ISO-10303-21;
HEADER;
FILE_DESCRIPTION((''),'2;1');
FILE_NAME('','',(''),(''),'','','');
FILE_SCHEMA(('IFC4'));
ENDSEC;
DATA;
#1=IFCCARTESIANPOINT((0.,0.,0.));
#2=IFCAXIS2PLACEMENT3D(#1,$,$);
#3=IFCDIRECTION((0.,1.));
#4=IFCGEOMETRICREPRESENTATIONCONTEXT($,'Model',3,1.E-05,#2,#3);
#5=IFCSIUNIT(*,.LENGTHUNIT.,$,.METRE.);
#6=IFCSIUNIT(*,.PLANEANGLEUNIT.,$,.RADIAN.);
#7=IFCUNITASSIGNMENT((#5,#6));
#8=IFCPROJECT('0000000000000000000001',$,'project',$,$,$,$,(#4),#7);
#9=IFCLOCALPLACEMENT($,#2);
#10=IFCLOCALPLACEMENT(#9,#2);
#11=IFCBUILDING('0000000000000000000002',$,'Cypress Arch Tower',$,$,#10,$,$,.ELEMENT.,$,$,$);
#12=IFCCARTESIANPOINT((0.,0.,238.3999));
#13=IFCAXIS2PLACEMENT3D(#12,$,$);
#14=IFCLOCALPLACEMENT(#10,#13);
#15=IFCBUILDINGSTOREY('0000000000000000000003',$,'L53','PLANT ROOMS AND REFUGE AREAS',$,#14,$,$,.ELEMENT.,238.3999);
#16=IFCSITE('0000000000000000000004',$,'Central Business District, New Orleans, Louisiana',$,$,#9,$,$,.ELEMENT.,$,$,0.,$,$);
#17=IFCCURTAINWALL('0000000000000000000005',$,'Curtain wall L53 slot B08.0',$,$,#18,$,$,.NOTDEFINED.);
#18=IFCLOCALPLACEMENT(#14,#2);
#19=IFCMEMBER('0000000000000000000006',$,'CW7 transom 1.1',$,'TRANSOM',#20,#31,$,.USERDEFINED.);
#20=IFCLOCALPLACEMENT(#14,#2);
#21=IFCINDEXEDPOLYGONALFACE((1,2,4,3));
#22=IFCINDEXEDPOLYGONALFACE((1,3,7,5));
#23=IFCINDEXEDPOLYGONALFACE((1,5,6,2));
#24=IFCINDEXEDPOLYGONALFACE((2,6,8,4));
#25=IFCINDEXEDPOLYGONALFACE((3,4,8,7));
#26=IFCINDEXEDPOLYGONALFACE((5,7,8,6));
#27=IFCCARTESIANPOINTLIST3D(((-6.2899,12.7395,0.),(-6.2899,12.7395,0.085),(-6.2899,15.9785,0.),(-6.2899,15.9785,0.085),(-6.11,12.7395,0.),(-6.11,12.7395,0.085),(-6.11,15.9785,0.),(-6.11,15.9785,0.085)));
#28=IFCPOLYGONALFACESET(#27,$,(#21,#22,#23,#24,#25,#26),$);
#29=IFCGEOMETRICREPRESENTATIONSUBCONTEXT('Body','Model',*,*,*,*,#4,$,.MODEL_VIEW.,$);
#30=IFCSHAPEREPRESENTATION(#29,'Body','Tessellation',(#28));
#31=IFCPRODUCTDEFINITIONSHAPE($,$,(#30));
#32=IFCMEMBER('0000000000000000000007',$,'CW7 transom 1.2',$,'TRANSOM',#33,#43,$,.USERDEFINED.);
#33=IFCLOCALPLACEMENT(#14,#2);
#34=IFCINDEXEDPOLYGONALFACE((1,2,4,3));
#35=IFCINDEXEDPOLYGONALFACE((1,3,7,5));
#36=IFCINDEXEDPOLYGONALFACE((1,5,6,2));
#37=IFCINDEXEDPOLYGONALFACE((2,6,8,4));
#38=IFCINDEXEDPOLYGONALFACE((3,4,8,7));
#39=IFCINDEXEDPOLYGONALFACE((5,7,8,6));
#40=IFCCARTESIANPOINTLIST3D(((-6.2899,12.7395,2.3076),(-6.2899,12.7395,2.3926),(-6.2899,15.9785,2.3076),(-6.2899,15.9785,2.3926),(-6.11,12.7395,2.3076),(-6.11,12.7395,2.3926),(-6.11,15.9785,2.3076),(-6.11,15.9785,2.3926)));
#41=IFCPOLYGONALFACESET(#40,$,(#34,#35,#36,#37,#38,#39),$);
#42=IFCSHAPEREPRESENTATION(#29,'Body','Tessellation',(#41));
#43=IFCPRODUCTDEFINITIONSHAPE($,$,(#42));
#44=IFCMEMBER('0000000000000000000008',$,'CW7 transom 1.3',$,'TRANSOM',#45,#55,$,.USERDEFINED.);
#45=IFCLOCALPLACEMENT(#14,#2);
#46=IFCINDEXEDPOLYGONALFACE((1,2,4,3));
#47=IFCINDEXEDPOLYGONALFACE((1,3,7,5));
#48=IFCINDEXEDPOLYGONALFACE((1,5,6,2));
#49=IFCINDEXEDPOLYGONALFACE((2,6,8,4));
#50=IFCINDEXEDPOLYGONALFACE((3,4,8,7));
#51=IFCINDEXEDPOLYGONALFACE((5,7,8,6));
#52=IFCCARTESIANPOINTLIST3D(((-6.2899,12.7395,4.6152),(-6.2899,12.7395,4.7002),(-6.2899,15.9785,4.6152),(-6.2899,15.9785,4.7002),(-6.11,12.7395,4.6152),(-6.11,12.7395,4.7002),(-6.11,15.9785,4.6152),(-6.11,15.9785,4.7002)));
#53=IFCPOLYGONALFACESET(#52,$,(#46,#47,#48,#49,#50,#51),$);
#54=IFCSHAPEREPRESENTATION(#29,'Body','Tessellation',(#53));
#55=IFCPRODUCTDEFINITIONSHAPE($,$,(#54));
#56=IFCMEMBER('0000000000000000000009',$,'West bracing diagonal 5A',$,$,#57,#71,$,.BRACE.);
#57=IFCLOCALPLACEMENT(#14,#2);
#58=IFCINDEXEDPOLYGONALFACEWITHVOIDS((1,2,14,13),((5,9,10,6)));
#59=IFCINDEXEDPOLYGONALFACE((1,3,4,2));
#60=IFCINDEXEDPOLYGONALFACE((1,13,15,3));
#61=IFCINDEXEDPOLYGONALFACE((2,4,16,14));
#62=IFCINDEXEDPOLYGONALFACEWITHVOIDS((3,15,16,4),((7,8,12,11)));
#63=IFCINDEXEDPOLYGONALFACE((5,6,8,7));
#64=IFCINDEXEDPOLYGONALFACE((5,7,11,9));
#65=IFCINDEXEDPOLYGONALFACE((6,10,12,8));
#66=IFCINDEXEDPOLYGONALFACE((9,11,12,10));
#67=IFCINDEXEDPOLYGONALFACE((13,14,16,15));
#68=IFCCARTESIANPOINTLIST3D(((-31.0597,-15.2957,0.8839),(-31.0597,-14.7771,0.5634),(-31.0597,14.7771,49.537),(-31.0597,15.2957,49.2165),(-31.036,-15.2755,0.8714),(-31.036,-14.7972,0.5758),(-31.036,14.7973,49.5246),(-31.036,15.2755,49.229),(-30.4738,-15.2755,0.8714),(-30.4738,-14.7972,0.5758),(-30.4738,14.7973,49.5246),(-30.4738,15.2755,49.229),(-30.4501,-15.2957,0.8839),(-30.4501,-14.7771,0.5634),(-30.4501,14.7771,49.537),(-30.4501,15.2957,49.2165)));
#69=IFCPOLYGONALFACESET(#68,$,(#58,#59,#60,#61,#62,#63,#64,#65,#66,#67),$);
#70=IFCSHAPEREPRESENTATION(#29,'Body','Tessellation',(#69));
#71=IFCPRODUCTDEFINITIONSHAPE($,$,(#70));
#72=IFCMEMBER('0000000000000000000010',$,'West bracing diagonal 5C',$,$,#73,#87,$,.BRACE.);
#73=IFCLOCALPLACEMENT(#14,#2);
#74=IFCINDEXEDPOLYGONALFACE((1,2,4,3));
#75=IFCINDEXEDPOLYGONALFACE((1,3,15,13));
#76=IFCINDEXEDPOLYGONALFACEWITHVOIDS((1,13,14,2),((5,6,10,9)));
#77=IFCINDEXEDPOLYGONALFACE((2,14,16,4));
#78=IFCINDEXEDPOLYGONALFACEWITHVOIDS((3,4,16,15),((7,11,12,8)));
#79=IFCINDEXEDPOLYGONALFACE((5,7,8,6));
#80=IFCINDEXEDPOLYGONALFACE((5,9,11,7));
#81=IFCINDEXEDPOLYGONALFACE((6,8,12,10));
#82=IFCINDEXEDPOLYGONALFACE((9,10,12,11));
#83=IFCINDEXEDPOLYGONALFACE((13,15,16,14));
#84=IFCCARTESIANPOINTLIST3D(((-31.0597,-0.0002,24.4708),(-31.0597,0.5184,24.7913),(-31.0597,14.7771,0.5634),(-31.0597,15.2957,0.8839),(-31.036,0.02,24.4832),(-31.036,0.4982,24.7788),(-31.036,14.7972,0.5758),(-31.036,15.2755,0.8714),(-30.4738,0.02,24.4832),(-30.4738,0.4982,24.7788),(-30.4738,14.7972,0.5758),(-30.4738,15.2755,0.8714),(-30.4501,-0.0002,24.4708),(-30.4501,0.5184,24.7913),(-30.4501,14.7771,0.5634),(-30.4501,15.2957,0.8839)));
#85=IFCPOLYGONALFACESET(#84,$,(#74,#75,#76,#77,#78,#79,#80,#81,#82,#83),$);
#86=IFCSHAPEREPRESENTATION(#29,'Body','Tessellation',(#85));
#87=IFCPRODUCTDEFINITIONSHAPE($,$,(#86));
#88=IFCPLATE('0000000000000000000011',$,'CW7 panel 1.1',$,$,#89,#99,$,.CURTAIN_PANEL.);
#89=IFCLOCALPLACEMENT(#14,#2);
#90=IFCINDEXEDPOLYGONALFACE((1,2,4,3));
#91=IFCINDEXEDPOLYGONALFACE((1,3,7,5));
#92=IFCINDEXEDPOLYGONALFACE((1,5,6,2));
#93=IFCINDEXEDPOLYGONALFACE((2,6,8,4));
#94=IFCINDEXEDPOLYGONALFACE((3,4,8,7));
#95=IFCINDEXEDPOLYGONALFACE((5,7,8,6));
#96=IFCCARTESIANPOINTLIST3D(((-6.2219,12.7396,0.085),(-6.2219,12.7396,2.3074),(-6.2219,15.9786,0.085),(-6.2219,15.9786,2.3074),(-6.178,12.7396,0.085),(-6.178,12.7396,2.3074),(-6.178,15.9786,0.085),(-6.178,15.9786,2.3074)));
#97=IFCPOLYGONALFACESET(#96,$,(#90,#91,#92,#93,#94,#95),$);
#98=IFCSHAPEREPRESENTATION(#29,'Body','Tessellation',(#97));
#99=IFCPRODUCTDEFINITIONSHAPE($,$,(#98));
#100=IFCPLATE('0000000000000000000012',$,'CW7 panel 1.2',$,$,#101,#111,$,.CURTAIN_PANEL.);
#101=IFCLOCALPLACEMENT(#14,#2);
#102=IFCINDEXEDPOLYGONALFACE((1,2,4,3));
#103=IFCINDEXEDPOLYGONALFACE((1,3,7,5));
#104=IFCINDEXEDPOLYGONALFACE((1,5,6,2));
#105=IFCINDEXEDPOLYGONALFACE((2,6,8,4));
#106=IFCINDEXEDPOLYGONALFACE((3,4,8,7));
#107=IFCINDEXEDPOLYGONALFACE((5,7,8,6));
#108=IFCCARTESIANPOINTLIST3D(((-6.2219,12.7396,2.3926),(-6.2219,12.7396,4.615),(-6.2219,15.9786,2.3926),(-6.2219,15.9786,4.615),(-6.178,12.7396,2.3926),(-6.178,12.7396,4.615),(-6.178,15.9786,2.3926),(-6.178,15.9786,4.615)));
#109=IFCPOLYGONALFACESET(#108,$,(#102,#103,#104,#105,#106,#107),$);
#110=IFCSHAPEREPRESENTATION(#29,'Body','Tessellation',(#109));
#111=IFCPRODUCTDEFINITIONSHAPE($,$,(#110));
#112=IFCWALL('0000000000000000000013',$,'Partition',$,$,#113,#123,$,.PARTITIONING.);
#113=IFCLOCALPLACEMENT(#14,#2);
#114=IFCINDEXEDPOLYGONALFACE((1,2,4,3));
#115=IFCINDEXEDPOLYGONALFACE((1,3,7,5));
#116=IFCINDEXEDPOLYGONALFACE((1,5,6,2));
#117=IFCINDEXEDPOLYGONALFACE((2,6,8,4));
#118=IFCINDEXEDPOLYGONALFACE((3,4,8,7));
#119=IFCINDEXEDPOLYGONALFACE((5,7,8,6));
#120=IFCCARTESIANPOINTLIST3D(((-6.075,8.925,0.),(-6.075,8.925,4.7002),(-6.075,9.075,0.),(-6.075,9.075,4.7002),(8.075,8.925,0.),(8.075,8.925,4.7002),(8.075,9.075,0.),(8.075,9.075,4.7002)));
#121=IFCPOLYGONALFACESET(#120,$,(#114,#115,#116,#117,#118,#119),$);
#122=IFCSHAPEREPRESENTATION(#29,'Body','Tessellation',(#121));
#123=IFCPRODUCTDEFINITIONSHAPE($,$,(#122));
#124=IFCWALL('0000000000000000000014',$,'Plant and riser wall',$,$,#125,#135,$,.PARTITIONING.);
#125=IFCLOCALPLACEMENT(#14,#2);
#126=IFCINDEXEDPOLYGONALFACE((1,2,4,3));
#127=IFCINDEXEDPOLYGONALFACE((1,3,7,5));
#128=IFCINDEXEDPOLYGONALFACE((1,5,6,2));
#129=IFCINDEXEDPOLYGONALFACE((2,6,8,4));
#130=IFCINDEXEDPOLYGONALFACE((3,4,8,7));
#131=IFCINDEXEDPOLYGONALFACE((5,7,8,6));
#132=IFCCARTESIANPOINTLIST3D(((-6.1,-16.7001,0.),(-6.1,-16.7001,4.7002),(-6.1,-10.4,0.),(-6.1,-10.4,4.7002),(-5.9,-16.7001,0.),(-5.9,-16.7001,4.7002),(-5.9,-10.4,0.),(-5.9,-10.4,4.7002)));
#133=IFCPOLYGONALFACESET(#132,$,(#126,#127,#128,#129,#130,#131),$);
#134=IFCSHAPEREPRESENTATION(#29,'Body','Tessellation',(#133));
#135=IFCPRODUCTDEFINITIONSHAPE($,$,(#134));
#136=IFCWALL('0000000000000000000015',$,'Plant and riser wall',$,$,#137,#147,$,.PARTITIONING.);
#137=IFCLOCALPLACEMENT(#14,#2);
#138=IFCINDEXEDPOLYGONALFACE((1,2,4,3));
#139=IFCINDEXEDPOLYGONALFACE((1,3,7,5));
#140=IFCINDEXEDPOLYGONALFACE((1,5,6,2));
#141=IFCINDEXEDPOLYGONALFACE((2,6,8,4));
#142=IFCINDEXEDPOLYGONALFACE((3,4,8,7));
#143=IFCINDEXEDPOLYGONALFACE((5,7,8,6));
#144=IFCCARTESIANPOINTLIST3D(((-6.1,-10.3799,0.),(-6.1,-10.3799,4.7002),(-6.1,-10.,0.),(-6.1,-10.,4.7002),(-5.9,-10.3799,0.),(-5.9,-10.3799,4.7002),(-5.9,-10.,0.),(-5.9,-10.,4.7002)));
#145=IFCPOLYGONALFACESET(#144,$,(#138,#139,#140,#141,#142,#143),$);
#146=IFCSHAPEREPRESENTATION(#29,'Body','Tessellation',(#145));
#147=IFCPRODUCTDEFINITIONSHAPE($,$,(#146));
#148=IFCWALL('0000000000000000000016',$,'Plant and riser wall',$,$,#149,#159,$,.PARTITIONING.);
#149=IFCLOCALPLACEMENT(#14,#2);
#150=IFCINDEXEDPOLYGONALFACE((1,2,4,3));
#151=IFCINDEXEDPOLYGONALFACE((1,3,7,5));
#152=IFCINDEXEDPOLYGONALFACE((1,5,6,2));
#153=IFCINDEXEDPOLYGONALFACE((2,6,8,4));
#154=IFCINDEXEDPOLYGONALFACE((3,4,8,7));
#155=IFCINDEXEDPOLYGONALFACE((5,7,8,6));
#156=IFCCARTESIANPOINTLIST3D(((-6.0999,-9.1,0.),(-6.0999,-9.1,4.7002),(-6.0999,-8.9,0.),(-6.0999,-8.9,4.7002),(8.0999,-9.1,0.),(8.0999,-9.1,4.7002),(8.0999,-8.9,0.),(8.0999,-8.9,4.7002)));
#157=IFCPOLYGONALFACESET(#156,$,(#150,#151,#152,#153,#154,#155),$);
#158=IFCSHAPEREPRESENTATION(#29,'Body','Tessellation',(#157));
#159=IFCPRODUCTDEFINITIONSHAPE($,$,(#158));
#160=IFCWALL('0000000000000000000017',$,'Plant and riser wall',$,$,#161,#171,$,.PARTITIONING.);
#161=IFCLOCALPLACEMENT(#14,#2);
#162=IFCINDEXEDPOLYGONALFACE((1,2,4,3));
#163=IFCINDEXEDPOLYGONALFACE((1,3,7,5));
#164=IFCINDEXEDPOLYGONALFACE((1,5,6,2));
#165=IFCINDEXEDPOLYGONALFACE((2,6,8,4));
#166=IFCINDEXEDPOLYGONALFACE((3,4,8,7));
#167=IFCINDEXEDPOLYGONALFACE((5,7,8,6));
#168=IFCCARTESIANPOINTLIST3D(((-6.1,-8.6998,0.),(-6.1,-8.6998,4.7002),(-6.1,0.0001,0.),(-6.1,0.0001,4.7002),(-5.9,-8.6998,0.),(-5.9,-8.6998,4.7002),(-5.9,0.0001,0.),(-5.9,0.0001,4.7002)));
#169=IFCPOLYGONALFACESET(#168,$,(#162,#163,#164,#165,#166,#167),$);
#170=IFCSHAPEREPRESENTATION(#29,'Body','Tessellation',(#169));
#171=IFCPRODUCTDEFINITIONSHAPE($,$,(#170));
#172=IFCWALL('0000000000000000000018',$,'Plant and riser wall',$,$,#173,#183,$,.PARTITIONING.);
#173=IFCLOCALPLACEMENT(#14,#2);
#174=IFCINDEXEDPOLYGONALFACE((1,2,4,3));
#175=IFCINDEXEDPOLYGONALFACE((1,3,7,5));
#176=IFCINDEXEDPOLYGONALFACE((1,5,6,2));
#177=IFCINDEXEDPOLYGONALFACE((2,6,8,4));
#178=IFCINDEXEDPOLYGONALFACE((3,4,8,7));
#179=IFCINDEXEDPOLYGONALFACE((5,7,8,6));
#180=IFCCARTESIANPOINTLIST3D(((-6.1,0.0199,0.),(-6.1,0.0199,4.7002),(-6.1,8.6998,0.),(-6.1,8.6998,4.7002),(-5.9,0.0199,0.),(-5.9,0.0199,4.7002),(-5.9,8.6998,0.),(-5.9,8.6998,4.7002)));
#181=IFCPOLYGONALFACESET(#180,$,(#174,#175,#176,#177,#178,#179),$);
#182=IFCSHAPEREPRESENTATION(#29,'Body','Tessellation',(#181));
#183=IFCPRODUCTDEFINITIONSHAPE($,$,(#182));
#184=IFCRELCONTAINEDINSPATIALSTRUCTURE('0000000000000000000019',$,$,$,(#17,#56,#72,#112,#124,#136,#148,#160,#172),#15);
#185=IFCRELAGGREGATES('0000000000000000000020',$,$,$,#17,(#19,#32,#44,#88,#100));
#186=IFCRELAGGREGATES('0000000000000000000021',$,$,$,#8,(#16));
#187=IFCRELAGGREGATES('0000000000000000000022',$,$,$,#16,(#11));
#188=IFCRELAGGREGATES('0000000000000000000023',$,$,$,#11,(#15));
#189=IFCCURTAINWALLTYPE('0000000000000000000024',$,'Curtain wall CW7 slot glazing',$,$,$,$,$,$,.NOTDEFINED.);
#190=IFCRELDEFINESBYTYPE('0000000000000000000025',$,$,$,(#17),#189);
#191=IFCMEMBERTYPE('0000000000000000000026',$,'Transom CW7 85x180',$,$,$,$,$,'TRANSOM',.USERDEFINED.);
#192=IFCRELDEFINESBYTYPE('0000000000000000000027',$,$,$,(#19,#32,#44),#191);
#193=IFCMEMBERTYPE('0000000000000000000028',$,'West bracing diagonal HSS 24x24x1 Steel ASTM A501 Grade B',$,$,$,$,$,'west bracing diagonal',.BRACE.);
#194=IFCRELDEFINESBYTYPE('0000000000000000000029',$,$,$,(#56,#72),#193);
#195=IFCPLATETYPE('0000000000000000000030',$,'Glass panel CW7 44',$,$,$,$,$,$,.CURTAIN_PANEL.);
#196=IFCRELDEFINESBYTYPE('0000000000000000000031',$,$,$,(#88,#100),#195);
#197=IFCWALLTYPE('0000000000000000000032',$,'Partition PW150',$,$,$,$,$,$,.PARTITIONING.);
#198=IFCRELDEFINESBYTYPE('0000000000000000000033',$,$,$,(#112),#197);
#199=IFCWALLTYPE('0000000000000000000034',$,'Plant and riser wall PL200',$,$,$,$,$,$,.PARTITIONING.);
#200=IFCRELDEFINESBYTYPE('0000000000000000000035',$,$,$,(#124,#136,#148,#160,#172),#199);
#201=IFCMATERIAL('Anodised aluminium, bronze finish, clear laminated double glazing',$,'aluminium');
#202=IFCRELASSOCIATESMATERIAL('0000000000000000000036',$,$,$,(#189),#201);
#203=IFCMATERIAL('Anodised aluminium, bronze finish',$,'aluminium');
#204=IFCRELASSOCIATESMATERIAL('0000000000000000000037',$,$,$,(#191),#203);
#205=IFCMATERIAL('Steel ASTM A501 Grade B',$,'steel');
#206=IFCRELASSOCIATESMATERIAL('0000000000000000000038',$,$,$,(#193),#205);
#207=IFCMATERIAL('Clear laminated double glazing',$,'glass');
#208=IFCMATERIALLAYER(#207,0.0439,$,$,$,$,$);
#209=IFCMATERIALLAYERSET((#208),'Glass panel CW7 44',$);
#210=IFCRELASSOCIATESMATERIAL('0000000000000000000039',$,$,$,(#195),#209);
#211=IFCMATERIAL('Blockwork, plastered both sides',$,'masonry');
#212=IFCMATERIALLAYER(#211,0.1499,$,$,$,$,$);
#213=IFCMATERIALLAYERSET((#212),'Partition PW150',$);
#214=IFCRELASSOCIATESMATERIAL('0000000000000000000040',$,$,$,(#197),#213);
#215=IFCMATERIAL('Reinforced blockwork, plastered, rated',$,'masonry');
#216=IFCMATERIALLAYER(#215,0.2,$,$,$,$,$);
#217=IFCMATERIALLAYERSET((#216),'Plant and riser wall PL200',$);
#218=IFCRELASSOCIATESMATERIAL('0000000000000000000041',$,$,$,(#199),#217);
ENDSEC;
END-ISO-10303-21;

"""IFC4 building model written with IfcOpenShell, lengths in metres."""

from ifc_helpers import new_model, si_unit, direction, frame, frame_2d, origin, origin_2d, place, context, subcontext, project, spatial, rectangle, hollow_rectangle, extrude, material, layer, layer_set, material_profile, profile_set, type_object, element, aggregate, save


model = new_model("IFC4")

# Units and contexts
model_context = context("Model", 3, precision=1e-05, world=origin(), true_north=direction((0.0, 1.0)))
body_context = subcontext(model_context, "Body", "Model", "MODEL_VIEW")
ifc_project = project(units=[si_unit("LENGTHUNIT", "METRE"), si_unit("PLANEANGLEUNIT", "RADIAN")], contexts=[model_context])

# Site, building, storey
site_placement = place(None, origin())
site = spatial("IfcSite", under=ifc_project, at=site_placement, Name="Central Business District, New Orleans, Louisiana", CompositionType="ELEMENT", RefElevation=0.0)
building_placement = place(site_placement, origin())
building = spatial("IfcBuilding", under=site, at=building_placement, Name="Cypress Arch Tower", CompositionType="ELEMENT")
storey_placement = place(building_placement, frame((0.0, 0.0, 238.3999)))
storey = spatial("IfcBuildingStorey", under=building, at=storey_placement, Name="L53", Description="PLANT ROOMS AND REFUGE AREAS", CompositionType="ELEMENT", Elevation=238.3999)

# Curtain wall, members
ifc_material_1 = material(Name="Anodised aluminium, bronze finish, clear laminated double glazing", Category="aluminium")
curtain_wall_type = type_object("IfcCurtainWallType", Name="Curtain wall CW7 slot glazing", PredefinedType="NOTDEFINED", material=ifc_material_1)
curtain_wall_placement = place(storey_placement, origin())
curtain_wall = element("IfcCurtainWall", 1, at=curtain_wall_placement, inside=storey, type_object=curtain_wall_type, Name="Curtain wall L53 slot B08.0", PredefinedType="NOTDEFINED")
ifc_material_2 = material(Name="Anodised aluminium, bronze finish", Category="aluminium")
ifc_material_profile_1 = material_profile(ifc_material_2, rectangle(XDim=0.1799, YDim=0.085, at=origin_2d()), Name="Transom 85x180")
ifc_profile_set_1 = profile_set([ifc_material_profile_1], Name="Anodised aluminium, bronze finish")
member_type_1 = type_object("IfcMemberType", Name="Transom CW7 85x180", ElementType="TRANSOM", PredefinedType="USERDEFINED", material=ifc_profile_set_1)
member_1_placement = place(storey_placement, frame((-6.2, 12.7395, 0.0425), z_axis=(0.0, 1.0, 0.0), x_axis=(-1.0, 0.0, 0.0)))
member_1 = element("IfcMember", 2, at=member_1_placement, type_object=member_type_1, Name="CW7 transom 1.1", ObjectType="TRANSOM", PredefinedType="USERDEFINED", context=body_context, shape_type="SweptSolid", body=[
    extrude(rectangle(XDim=0.1799, YDim=0.085, at=origin_2d()), origin(), (0.0, 0.0, 1.0), 3.239),
])
member_2_placement = place(storey_placement, frame((-6.2, 12.7395, 2.3501), z_axis=(0.0, 1.0, 0.0), x_axis=(-1.0, 0.0, 0.0)))
member_2 = element("IfcMember", 3, at=member_2_placement, type_object=member_type_1, Name="CW7 transom 1.2", ObjectType="TRANSOM", PredefinedType="USERDEFINED", context=body_context, shape_type="SweptSolid", body=[
    extrude(rectangle(XDim=0.1799, YDim=0.085, at=origin_2d()), origin(), (0.0, 0.0, 1.0), 3.239),
])
member_3_placement = place(storey_placement, frame((-6.2, 12.7395, 4.6577), z_axis=(0.0, 1.0, 0.0), x_axis=(-1.0, 0.0, 0.0)))
member_3 = element("IfcMember", 4, at=member_3_placement, type_object=member_type_1, Name="CW7 transom 1.3", ObjectType="TRANSOM", PredefinedType="USERDEFINED", context=body_context, shape_type="SweptSolid", body=[
    extrude(rectangle(XDim=0.1799, YDim=0.085, at=origin_2d()), origin(), (0.0, 0.0, 1.0), 3.239),
])

# Members
ifc_material_3 = material(Name="Steel ASTM A501 Grade B", Category="steel")
ifc_material_profile_2 = material_profile(ifc_material_3, hollow_rectangle(XDim=0.6096, YDim=0.6096, WallThickness=0.0237, at=origin_2d()), Name="HSS 24x24x1")
ifc_profile_set_2 = profile_set([ifc_material_profile_2], Name="Steel ASTM A501 Grade B")
member_type_2 = type_object("IfcMemberType", Name="West bracing diagonal HSS 24x24x1 Steel ASTM A501 Grade B", ElementType="west bracing diagonal", PredefinedType="BRACE", material=ifc_profile_set_2)
member_4_placement = place(storey_placement, frame((-30.7549, -15.0364, 0.7236), z_axis=(0.0, 0.525775, 0.850623), x_axis=(-1.0, 0.0, 0.0)))
element("IfcMember", 5, at=member_4_placement, inside=storey, type_object=member_type_2, Name="West bracing diagonal 5A", PredefinedType="BRACE", context=body_context, shape_type="SweptSolid", body=[
    extrude(hollow_rectangle(XDim=0.6096, YDim=0.6096, WallThickness=0.0237, at=origin_2d()), origin(), (0.0, 0.0, 1.0), 57.197),
])
member_5_placement = place(storey_placement, frame((-30.7549, 15.0364, 0.7236), z_axis=(0.0, -0.525775, 0.850624), x_axis=(1.0, 0.0, 0.0)))
element("IfcMember", 6, at=member_5_placement, inside=storey, type_object=member_type_2, Name="West bracing diagonal 5C", PredefinedType="BRACE", context=body_context, shape_type="SweptSolid", body=[
    extrude(hollow_rectangle(XDim=0.6096, YDim=0.6096, WallThickness=0.0237, at=origin_2d()), origin(), (0.0, 0.0, 1.0), 28.1057),
])

# Plates
ifc_material_4 = material(Name="Clear laminated double glazing", Category="glass")
ifc_layer_1 = layer(ifc_material_4, 0.0439)
ifc_layer_set_1 = layer_set([ifc_layer_1], Name="Glass panel CW7 44")
plate_type = type_object("IfcPlateType", Name="Glass panel CW7 44", PredefinedType="CURTAIN_PANEL", material=ifc_layer_set_1)
plate_1_placement = place(storey_placement, frame((-6.2, 14.3591, 0.085), z_axis=(0.0, 0.0, 1.0), x_axis=(0.0, 1.0, 0.0)))
plate_1 = element("IfcPlate", 7, at=plate_1_placement, type_object=plate_type, Name="CW7 panel 1.1", PredefinedType="CURTAIN_PANEL", context=body_context, shape_type="SweptSolid", body=[
    extrude(rectangle(XDim=3.239, YDim=0.0439, at=origin_2d()), origin(), (0.0, 0.0, 1.0), 2.2224),
])
plate_2_placement = place(storey_placement, frame((-6.2, 14.3591, 2.3926), z_axis=(0.0, 0.0, 1.0), x_axis=(0.0, 1.0, 0.0)))
plate_2 = element("IfcPlate", 8, at=plate_2_placement, type_object=plate_type, Name="CW7 panel 1.2", PredefinedType="CURTAIN_PANEL", context=body_context, shape_type="SweptSolid", body=[
    extrude(rectangle(XDim=3.239, YDim=0.0439, at=origin_2d()), origin(), (0.0, 0.0, 1.0), 2.2224),
])
aggregate(curtain_wall, [member_1, member_2, member_3, plate_1, plate_2])

# Walls
ifc_material_5 = material(Name="Blockwork, plastered both sides", Category="masonry")
ifc_layer_2 = layer(ifc_material_5, 0.1499)
ifc_layer_set_2 = layer_set([ifc_layer_2], Name="Partition PW150")
wall_type_1 = type_object("IfcWallType", Name="Partition PW150", PredefinedType="PARTITIONING", material=ifc_layer_set_2)
wall_1_placement = place(storey_placement, frame((-6.075, 9.0, 0.0), z_axis=(0.0, 0.0, 1.0), x_axis=(1.0, 0.0, 0.0)))
element("IfcWall", 9, at=wall_1_placement, inside=storey, type_object=wall_type_1, Name="Partition", PredefinedType="PARTITIONING", context=body_context, shape_type="SweptSolid", body=[
    extrude(rectangle(XDim=14.1499, YDim=0.1499, at=frame_2d((7.075, 0.0))), origin(), (0.0, 0.0, 1.0), 4.7002),
])
ifc_material_6 = material(Name="Reinforced blockwork, plastered, rated", Category="masonry")
ifc_layer_3 = layer(ifc_material_6, 0.2)
ifc_layer_set_3 = layer_set([ifc_layer_3], Name="Plant and riser wall PL200")
wall_type_2 = type_object("IfcWallType", Name="Plant and riser wall PL200", PredefinedType="PARTITIONING", material=ifc_layer_set_3)
wall_2_placement = place(storey_placement, frame((-6.0, -16.7, 0.0), z_axis=(0.0, 0.0, 1.0), x_axis=(0.0, 1.0, 0.0)))
element("IfcWall", 10, at=wall_2_placement, inside=storey, type_object=wall_type_2, Name="Plant and riser wall", PredefinedType="PARTITIONING", context=body_context, shape_type="SweptSolid", body=[
    extrude(rectangle(XDim=6.3, YDim=0.2, at=frame_2d((3.1499, 0.0))), origin(), (0.0, 0.0, 1.0), 4.7002),
])
wall_3_placement = place(storey_placement, frame((-6.0, -10.3799, 0.0), z_axis=(0.0, 0.0, 1.0), x_axis=(0.0, 1.0, 0.0)))
element("IfcWall", 11, at=wall_3_placement, inside=storey, type_object=wall_type_2, Name="Plant and riser wall", PredefinedType="PARTITIONING", context=body_context, shape_type="SweptSolid", body=[
    extrude(rectangle(XDim=0.3799, YDim=0.2, at=frame_2d((0.1899, 0.0))), origin(), (0.0, 0.0, 1.0), 4.7002),
])
wall_4_placement = place(storey_placement, frame((-6.0999, -9.0, 0.0), z_axis=(0.0, 0.0, 1.0), x_axis=(1.0, 0.0, 0.0)))
element("IfcWall", 12, at=wall_4_placement, inside=storey, type_object=wall_type_2, Name="Plant and riser wall", PredefinedType="PARTITIONING", context=body_context, shape_type="SweptSolid", body=[
    extrude(rectangle(XDim=14.1997, YDim=0.2, at=frame_2d((7.0999, 0.0))), origin(), (0.0, 0.0, 1.0), 4.7002),
])
wall_5_placement = place(storey_placement, frame((-6.0, -8.7, 0.0), z_axis=(0.0, 0.0, 1.0), x_axis=(0.0, 1.0, 0.0)))
element("IfcWall", 13, at=wall_5_placement, inside=storey, type_object=wall_type_2, Name="Plant and riser wall", PredefinedType="PARTITIONING", context=body_context, shape_type="SweptSolid", body=[
    extrude(rectangle(XDim=8.7, YDim=0.2, at=frame_2d((4.3501, 0.0))), origin(), (0.0, 0.0, 1.0), 4.7002),
])
wall_6_placement = place(storey_placement, frame((-6.0, 0.02, 0.0), z_axis=(0.0, 0.0, 1.0), x_axis=(0.0, 1.0, 0.0)))
element("IfcWall", 14, at=wall_6_placement, inside=storey, type_object=wall_type_2, Name="Plant and riser wall", PredefinedType="PARTITIONING", context=body_context, shape_type="SweptSolid", body=[
    extrude(rectangle(XDim=8.6799, YDim=0.2, at=frame_2d((4.3398, 0.0))), origin(), (0.0, 0.0, 1.0), 4.7002),
])

save(model, "model.ifc")
